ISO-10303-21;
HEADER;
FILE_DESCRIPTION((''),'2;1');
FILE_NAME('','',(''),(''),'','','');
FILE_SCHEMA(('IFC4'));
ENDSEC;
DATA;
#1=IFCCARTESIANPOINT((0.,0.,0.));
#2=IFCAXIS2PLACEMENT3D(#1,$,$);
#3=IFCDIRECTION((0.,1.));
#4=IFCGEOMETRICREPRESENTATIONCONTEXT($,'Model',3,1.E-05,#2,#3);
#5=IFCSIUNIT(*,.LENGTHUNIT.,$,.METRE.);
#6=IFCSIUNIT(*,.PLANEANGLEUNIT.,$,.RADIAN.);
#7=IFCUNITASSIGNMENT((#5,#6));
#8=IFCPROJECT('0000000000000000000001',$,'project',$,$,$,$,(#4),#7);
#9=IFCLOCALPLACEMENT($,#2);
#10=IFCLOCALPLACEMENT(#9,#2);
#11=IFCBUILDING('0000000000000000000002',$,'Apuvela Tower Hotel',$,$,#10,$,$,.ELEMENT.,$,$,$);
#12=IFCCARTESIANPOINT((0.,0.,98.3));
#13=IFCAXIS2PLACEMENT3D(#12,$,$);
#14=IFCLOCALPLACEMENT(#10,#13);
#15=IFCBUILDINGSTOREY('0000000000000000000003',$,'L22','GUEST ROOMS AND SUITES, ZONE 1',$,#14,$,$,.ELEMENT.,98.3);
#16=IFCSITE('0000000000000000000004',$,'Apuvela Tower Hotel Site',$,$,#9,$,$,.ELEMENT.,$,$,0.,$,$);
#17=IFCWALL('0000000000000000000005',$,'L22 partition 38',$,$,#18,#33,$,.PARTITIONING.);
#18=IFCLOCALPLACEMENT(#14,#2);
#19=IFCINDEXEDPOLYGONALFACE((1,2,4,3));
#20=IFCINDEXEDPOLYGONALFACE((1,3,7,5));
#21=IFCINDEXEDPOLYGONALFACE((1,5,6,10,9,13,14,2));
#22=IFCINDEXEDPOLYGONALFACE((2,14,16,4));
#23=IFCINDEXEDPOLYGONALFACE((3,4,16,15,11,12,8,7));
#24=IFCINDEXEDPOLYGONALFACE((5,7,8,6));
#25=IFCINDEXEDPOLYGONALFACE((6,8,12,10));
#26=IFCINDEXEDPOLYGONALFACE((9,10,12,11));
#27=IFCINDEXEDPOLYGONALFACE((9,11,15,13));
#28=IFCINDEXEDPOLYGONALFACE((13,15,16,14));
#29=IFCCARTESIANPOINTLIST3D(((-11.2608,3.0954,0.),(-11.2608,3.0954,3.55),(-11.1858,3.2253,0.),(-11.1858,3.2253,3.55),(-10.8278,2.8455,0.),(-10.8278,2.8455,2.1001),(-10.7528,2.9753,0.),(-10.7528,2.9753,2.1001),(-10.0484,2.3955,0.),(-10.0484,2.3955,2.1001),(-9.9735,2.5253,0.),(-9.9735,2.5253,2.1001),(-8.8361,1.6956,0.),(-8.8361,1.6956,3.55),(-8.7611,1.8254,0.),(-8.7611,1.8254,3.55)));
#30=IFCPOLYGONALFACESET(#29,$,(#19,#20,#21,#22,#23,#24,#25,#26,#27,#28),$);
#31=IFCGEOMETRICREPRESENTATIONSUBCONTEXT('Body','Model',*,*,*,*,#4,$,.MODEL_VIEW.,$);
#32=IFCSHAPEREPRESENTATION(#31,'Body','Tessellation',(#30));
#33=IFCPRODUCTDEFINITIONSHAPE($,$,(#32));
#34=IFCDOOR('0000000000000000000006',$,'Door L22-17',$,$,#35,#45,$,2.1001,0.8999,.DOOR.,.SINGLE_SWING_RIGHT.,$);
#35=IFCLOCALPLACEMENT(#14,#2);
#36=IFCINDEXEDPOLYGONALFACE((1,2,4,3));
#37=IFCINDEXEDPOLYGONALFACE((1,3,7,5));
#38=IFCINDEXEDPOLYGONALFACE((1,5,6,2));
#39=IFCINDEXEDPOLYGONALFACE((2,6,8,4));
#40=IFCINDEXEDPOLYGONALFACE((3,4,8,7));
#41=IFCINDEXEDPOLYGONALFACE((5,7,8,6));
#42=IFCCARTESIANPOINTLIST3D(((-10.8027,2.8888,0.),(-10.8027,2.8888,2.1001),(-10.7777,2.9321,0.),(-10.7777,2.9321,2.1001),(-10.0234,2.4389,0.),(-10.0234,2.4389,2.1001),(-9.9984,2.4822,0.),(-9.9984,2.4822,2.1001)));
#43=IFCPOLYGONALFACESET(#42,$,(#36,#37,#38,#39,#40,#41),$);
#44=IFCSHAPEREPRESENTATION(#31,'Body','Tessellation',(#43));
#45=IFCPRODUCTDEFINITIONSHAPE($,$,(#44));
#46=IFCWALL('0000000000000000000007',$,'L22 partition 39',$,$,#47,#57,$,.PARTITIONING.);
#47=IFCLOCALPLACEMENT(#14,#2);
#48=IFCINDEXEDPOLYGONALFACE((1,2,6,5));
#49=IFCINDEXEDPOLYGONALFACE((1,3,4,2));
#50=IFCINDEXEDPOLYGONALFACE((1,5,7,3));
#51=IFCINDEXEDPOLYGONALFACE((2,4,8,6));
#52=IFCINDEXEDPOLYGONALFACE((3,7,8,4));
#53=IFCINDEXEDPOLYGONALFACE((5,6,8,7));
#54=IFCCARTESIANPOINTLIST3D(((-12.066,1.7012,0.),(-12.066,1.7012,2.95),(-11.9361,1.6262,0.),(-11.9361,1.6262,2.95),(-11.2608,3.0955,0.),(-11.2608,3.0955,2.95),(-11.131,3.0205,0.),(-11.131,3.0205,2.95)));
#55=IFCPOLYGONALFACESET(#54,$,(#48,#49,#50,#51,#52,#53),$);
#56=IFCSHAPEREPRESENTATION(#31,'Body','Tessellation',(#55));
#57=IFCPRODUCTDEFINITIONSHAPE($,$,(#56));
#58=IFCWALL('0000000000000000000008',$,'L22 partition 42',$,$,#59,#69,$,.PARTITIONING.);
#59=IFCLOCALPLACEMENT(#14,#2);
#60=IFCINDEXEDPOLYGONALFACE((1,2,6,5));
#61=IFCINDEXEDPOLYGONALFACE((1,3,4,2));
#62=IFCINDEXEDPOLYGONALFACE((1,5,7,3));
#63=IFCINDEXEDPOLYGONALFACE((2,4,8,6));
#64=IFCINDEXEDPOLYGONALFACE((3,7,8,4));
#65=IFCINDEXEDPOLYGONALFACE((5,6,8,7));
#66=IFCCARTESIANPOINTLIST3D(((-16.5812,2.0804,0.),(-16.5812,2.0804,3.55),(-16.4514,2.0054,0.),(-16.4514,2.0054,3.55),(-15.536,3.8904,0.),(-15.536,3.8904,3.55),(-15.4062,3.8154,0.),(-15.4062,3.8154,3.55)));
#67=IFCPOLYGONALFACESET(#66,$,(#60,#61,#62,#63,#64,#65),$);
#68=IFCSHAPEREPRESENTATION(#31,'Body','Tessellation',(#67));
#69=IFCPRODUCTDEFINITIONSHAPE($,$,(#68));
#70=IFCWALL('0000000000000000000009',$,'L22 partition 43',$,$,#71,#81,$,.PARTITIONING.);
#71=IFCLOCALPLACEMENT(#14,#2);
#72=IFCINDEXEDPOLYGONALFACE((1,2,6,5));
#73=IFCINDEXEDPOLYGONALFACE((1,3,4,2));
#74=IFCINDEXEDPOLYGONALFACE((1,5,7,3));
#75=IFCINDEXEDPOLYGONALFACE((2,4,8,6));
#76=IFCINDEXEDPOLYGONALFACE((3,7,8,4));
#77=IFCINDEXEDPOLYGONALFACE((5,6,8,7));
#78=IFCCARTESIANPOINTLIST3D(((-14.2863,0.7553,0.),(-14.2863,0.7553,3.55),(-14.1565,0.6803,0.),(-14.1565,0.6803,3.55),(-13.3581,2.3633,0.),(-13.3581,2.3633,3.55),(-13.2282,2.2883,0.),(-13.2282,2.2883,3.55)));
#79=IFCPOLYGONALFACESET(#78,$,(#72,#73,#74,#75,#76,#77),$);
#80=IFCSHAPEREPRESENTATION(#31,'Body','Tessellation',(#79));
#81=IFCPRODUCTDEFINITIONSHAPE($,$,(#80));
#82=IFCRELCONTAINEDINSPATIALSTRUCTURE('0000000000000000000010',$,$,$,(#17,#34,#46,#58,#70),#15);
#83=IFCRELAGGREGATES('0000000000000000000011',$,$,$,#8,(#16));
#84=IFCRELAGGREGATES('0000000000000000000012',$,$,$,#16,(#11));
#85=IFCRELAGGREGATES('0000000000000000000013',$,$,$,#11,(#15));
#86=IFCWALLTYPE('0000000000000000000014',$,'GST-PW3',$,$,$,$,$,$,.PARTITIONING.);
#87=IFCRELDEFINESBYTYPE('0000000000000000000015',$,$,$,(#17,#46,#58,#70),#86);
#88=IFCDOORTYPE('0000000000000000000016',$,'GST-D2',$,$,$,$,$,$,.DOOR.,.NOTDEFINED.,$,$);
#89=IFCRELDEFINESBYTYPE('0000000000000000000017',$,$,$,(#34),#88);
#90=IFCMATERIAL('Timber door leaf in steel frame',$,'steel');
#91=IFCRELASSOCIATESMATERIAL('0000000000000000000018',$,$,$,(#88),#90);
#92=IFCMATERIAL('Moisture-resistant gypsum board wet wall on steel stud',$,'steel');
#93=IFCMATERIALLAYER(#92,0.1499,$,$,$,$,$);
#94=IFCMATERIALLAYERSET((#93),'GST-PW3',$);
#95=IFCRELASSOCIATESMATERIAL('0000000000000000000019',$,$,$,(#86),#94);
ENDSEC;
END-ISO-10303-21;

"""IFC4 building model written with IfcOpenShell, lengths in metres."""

from ifc_helpers import new_model, si_unit, direction, frame, frame_2d, origin, place, context, subcontext, project, spatial, rectangle, extrude, material, layer, layer_set, type_object, element, fill, save


model = new_model("IFC4")

# Units and contexts
model_context = context("Model", 3, precision=1e-05, world=origin(), true_north=direction((0.0, 1.0)))
body_context = subcontext(model_context, "Body", "Model", "MODEL_VIEW")
ifc_project = project(units=[si_unit("LENGTHUNIT", "METRE"), si_unit("PLANEANGLEUNIT", "RADIAN")], contexts=[model_context])

# Site, building, storey
site_placement = place(None, origin())
site = spatial("IfcSite", under=ifc_project, at=site_placement, Name="Apuvela Tower Hotel Site", CompositionType="ELEMENT", RefElevation=0.0)
building_placement = place(site_placement, origin())
building = spatial("IfcBuilding", under=site, at=building_placement, Name="Apuvela Tower Hotel", CompositionType="ELEMENT")
storey_placement = place(building_placement, frame((0.0, 0.0, 98.3)))
storey = spatial("IfcBuildingStorey", under=building, at=storey_placement, Name="L22", Description="GUEST ROOMS AND SUITES, ZONE 1", CompositionType="ELEMENT", Elevation=98.3)

# Shared definitions
ifc_material_1 = material(Name="Timber door leaf in steel frame", Category="steel")
door_type_1 = type_object("IfcDoorType", Name="GST-D2", OperationType="NOTDEFINED", PredefinedType="DOOR", material=ifc_material_1)

# Shared definitions
ifc_material_2 = material(Name="Moisture-resistant gypsum board wet wall on steel stud", Category="steel")
ifc_layer_1 = layer(ifc_material_2, 0.1499)
ifc_layer_set_1 = layer_set([ifc_layer_1], Name="GST-PW3")
wall_type_1 = type_object("IfcWallType", Name="GST-PW3", PredefinedType="PARTITIONING", material=ifc_layer_set_1)

# Wall, opening, door
wall_1_placement = place(storey_placement, frame((-8.7986, 1.7605, 0.0), z_axis=(0.0, 0.0, 1.0), x_axis=(-0.866035, 0.499984, 0.0)))
wall_1 = element("IfcWall", 1, at=wall_1_placement, inside=storey, type_object=wall_type_1, Name="L22 partition 38", PredefinedType="PARTITIONING", context=body_context, shape_type="SweptSolid", body=[
    extrude(rectangle(XDim=2.7998, YDim=0.1499, at=frame_2d((1.3999, 0.0))), origin(), (0.0, 0.0, 1.0), 3.55),
])
opening_1_placement = place(wall_1_placement, frame((1.3999, 0.0, 0.0)))
opening_1 = element("IfcOpeningElement", 2, at=opening_1_placement, cuts=wall_1, PredefinedType="OPENING", context=body_context, shape_type="SweptSolid", body=[
    extrude(rectangle(XDim=0.8999, YDim=2.1001, at=frame_2d((0.45, 1.05))), frame((0.0, 0.085, 0.0), z_axis=(0.0, -1.0, 0.0), x_axis=(1.0, 0.0, 0.0)), (0.0, 0.0, 1.0), 0.1699),
])
door_1_placement = place(opening_1_placement, origin())
door_1 = element("IfcDoor", 3, at=door_1_placement, inside=storey, type_object=door_type_1, Name="Door L22-17", OperationType="SINGLE_SWING_RIGHT", OverallHeight=2.1001, OverallWidth=0.8999, PredefinedType="DOOR", context=body_context, shape_type="SweptSolid", body=[
    extrude(rectangle(XDim=0.8999, YDim=2.1001, at=frame_2d((0.45, 1.05))), frame((0.0, 0.0249, 0.0), z_axis=(0.0, -1.0, 0.0), x_axis=(1.0, 0.0, 0.0)), (0.0, 0.0, 1.0), 0.05),
])
fill(opening_1, door_1)

# Walls
wall_2_placement = place(storey_placement, frame((-11.1958, 3.0581, 0.0), z_axis=(0.0, 0.0, 1.0), x_axis=(-0.500086, -0.865976, 0.0)))
element("IfcWall", 4, at=wall_2_placement, inside=storey, type_object=wall_type_1, Name="L22 partition 39", PredefinedType="PARTITIONING", context=body_context, shape_type="SweptSolid", body=[
    extrude(rectangle(XDim=1.6101, YDim=0.1499, at=frame_2d((0.8052, 0.0))), origin(), (0.0, 0.0, 1.0), 2.95),
])
wall_3_placement = place(storey_placement, frame((-15.4712, 3.8528, 0.0), z_axis=(0.0, 0.0, 1.0), x_axis=(-0.500046, -0.865999, 0.0)))
element("IfcWall", 5, at=wall_3_placement, inside=storey, type_object=wall_type_1, Name="L22 partition 42", PredefinedType="PARTITIONING", context=body_context, shape_type="SweptSolid", body=[
    extrude(rectangle(XDim=2.0901, YDim=0.1499, at=frame_2d((1.0449, 0.0))), origin(), (0.0, 0.0, 1.0), 3.55),
])
wall_4_placement = place(storey_placement, frame((-13.2932, 2.3257, 0.0), z_axis=(0.0, 0.0, 1.0), x_axis=(-0.499958, -0.86605, 0.0)))
element("IfcWall", 6, at=wall_4_placement, inside=storey, type_object=wall_type_1, Name="L22 partition 43", PredefinedType="PARTITIONING", context=body_context, shape_type="SweptSolid", body=[
    extrude(rectangle(XDim=1.8567, YDim=0.1499, at=frame_2d((0.9282, 0.0))), origin(), (0.0, 0.0, 1.0), 3.55),
])

save(model, "model.ifc")
